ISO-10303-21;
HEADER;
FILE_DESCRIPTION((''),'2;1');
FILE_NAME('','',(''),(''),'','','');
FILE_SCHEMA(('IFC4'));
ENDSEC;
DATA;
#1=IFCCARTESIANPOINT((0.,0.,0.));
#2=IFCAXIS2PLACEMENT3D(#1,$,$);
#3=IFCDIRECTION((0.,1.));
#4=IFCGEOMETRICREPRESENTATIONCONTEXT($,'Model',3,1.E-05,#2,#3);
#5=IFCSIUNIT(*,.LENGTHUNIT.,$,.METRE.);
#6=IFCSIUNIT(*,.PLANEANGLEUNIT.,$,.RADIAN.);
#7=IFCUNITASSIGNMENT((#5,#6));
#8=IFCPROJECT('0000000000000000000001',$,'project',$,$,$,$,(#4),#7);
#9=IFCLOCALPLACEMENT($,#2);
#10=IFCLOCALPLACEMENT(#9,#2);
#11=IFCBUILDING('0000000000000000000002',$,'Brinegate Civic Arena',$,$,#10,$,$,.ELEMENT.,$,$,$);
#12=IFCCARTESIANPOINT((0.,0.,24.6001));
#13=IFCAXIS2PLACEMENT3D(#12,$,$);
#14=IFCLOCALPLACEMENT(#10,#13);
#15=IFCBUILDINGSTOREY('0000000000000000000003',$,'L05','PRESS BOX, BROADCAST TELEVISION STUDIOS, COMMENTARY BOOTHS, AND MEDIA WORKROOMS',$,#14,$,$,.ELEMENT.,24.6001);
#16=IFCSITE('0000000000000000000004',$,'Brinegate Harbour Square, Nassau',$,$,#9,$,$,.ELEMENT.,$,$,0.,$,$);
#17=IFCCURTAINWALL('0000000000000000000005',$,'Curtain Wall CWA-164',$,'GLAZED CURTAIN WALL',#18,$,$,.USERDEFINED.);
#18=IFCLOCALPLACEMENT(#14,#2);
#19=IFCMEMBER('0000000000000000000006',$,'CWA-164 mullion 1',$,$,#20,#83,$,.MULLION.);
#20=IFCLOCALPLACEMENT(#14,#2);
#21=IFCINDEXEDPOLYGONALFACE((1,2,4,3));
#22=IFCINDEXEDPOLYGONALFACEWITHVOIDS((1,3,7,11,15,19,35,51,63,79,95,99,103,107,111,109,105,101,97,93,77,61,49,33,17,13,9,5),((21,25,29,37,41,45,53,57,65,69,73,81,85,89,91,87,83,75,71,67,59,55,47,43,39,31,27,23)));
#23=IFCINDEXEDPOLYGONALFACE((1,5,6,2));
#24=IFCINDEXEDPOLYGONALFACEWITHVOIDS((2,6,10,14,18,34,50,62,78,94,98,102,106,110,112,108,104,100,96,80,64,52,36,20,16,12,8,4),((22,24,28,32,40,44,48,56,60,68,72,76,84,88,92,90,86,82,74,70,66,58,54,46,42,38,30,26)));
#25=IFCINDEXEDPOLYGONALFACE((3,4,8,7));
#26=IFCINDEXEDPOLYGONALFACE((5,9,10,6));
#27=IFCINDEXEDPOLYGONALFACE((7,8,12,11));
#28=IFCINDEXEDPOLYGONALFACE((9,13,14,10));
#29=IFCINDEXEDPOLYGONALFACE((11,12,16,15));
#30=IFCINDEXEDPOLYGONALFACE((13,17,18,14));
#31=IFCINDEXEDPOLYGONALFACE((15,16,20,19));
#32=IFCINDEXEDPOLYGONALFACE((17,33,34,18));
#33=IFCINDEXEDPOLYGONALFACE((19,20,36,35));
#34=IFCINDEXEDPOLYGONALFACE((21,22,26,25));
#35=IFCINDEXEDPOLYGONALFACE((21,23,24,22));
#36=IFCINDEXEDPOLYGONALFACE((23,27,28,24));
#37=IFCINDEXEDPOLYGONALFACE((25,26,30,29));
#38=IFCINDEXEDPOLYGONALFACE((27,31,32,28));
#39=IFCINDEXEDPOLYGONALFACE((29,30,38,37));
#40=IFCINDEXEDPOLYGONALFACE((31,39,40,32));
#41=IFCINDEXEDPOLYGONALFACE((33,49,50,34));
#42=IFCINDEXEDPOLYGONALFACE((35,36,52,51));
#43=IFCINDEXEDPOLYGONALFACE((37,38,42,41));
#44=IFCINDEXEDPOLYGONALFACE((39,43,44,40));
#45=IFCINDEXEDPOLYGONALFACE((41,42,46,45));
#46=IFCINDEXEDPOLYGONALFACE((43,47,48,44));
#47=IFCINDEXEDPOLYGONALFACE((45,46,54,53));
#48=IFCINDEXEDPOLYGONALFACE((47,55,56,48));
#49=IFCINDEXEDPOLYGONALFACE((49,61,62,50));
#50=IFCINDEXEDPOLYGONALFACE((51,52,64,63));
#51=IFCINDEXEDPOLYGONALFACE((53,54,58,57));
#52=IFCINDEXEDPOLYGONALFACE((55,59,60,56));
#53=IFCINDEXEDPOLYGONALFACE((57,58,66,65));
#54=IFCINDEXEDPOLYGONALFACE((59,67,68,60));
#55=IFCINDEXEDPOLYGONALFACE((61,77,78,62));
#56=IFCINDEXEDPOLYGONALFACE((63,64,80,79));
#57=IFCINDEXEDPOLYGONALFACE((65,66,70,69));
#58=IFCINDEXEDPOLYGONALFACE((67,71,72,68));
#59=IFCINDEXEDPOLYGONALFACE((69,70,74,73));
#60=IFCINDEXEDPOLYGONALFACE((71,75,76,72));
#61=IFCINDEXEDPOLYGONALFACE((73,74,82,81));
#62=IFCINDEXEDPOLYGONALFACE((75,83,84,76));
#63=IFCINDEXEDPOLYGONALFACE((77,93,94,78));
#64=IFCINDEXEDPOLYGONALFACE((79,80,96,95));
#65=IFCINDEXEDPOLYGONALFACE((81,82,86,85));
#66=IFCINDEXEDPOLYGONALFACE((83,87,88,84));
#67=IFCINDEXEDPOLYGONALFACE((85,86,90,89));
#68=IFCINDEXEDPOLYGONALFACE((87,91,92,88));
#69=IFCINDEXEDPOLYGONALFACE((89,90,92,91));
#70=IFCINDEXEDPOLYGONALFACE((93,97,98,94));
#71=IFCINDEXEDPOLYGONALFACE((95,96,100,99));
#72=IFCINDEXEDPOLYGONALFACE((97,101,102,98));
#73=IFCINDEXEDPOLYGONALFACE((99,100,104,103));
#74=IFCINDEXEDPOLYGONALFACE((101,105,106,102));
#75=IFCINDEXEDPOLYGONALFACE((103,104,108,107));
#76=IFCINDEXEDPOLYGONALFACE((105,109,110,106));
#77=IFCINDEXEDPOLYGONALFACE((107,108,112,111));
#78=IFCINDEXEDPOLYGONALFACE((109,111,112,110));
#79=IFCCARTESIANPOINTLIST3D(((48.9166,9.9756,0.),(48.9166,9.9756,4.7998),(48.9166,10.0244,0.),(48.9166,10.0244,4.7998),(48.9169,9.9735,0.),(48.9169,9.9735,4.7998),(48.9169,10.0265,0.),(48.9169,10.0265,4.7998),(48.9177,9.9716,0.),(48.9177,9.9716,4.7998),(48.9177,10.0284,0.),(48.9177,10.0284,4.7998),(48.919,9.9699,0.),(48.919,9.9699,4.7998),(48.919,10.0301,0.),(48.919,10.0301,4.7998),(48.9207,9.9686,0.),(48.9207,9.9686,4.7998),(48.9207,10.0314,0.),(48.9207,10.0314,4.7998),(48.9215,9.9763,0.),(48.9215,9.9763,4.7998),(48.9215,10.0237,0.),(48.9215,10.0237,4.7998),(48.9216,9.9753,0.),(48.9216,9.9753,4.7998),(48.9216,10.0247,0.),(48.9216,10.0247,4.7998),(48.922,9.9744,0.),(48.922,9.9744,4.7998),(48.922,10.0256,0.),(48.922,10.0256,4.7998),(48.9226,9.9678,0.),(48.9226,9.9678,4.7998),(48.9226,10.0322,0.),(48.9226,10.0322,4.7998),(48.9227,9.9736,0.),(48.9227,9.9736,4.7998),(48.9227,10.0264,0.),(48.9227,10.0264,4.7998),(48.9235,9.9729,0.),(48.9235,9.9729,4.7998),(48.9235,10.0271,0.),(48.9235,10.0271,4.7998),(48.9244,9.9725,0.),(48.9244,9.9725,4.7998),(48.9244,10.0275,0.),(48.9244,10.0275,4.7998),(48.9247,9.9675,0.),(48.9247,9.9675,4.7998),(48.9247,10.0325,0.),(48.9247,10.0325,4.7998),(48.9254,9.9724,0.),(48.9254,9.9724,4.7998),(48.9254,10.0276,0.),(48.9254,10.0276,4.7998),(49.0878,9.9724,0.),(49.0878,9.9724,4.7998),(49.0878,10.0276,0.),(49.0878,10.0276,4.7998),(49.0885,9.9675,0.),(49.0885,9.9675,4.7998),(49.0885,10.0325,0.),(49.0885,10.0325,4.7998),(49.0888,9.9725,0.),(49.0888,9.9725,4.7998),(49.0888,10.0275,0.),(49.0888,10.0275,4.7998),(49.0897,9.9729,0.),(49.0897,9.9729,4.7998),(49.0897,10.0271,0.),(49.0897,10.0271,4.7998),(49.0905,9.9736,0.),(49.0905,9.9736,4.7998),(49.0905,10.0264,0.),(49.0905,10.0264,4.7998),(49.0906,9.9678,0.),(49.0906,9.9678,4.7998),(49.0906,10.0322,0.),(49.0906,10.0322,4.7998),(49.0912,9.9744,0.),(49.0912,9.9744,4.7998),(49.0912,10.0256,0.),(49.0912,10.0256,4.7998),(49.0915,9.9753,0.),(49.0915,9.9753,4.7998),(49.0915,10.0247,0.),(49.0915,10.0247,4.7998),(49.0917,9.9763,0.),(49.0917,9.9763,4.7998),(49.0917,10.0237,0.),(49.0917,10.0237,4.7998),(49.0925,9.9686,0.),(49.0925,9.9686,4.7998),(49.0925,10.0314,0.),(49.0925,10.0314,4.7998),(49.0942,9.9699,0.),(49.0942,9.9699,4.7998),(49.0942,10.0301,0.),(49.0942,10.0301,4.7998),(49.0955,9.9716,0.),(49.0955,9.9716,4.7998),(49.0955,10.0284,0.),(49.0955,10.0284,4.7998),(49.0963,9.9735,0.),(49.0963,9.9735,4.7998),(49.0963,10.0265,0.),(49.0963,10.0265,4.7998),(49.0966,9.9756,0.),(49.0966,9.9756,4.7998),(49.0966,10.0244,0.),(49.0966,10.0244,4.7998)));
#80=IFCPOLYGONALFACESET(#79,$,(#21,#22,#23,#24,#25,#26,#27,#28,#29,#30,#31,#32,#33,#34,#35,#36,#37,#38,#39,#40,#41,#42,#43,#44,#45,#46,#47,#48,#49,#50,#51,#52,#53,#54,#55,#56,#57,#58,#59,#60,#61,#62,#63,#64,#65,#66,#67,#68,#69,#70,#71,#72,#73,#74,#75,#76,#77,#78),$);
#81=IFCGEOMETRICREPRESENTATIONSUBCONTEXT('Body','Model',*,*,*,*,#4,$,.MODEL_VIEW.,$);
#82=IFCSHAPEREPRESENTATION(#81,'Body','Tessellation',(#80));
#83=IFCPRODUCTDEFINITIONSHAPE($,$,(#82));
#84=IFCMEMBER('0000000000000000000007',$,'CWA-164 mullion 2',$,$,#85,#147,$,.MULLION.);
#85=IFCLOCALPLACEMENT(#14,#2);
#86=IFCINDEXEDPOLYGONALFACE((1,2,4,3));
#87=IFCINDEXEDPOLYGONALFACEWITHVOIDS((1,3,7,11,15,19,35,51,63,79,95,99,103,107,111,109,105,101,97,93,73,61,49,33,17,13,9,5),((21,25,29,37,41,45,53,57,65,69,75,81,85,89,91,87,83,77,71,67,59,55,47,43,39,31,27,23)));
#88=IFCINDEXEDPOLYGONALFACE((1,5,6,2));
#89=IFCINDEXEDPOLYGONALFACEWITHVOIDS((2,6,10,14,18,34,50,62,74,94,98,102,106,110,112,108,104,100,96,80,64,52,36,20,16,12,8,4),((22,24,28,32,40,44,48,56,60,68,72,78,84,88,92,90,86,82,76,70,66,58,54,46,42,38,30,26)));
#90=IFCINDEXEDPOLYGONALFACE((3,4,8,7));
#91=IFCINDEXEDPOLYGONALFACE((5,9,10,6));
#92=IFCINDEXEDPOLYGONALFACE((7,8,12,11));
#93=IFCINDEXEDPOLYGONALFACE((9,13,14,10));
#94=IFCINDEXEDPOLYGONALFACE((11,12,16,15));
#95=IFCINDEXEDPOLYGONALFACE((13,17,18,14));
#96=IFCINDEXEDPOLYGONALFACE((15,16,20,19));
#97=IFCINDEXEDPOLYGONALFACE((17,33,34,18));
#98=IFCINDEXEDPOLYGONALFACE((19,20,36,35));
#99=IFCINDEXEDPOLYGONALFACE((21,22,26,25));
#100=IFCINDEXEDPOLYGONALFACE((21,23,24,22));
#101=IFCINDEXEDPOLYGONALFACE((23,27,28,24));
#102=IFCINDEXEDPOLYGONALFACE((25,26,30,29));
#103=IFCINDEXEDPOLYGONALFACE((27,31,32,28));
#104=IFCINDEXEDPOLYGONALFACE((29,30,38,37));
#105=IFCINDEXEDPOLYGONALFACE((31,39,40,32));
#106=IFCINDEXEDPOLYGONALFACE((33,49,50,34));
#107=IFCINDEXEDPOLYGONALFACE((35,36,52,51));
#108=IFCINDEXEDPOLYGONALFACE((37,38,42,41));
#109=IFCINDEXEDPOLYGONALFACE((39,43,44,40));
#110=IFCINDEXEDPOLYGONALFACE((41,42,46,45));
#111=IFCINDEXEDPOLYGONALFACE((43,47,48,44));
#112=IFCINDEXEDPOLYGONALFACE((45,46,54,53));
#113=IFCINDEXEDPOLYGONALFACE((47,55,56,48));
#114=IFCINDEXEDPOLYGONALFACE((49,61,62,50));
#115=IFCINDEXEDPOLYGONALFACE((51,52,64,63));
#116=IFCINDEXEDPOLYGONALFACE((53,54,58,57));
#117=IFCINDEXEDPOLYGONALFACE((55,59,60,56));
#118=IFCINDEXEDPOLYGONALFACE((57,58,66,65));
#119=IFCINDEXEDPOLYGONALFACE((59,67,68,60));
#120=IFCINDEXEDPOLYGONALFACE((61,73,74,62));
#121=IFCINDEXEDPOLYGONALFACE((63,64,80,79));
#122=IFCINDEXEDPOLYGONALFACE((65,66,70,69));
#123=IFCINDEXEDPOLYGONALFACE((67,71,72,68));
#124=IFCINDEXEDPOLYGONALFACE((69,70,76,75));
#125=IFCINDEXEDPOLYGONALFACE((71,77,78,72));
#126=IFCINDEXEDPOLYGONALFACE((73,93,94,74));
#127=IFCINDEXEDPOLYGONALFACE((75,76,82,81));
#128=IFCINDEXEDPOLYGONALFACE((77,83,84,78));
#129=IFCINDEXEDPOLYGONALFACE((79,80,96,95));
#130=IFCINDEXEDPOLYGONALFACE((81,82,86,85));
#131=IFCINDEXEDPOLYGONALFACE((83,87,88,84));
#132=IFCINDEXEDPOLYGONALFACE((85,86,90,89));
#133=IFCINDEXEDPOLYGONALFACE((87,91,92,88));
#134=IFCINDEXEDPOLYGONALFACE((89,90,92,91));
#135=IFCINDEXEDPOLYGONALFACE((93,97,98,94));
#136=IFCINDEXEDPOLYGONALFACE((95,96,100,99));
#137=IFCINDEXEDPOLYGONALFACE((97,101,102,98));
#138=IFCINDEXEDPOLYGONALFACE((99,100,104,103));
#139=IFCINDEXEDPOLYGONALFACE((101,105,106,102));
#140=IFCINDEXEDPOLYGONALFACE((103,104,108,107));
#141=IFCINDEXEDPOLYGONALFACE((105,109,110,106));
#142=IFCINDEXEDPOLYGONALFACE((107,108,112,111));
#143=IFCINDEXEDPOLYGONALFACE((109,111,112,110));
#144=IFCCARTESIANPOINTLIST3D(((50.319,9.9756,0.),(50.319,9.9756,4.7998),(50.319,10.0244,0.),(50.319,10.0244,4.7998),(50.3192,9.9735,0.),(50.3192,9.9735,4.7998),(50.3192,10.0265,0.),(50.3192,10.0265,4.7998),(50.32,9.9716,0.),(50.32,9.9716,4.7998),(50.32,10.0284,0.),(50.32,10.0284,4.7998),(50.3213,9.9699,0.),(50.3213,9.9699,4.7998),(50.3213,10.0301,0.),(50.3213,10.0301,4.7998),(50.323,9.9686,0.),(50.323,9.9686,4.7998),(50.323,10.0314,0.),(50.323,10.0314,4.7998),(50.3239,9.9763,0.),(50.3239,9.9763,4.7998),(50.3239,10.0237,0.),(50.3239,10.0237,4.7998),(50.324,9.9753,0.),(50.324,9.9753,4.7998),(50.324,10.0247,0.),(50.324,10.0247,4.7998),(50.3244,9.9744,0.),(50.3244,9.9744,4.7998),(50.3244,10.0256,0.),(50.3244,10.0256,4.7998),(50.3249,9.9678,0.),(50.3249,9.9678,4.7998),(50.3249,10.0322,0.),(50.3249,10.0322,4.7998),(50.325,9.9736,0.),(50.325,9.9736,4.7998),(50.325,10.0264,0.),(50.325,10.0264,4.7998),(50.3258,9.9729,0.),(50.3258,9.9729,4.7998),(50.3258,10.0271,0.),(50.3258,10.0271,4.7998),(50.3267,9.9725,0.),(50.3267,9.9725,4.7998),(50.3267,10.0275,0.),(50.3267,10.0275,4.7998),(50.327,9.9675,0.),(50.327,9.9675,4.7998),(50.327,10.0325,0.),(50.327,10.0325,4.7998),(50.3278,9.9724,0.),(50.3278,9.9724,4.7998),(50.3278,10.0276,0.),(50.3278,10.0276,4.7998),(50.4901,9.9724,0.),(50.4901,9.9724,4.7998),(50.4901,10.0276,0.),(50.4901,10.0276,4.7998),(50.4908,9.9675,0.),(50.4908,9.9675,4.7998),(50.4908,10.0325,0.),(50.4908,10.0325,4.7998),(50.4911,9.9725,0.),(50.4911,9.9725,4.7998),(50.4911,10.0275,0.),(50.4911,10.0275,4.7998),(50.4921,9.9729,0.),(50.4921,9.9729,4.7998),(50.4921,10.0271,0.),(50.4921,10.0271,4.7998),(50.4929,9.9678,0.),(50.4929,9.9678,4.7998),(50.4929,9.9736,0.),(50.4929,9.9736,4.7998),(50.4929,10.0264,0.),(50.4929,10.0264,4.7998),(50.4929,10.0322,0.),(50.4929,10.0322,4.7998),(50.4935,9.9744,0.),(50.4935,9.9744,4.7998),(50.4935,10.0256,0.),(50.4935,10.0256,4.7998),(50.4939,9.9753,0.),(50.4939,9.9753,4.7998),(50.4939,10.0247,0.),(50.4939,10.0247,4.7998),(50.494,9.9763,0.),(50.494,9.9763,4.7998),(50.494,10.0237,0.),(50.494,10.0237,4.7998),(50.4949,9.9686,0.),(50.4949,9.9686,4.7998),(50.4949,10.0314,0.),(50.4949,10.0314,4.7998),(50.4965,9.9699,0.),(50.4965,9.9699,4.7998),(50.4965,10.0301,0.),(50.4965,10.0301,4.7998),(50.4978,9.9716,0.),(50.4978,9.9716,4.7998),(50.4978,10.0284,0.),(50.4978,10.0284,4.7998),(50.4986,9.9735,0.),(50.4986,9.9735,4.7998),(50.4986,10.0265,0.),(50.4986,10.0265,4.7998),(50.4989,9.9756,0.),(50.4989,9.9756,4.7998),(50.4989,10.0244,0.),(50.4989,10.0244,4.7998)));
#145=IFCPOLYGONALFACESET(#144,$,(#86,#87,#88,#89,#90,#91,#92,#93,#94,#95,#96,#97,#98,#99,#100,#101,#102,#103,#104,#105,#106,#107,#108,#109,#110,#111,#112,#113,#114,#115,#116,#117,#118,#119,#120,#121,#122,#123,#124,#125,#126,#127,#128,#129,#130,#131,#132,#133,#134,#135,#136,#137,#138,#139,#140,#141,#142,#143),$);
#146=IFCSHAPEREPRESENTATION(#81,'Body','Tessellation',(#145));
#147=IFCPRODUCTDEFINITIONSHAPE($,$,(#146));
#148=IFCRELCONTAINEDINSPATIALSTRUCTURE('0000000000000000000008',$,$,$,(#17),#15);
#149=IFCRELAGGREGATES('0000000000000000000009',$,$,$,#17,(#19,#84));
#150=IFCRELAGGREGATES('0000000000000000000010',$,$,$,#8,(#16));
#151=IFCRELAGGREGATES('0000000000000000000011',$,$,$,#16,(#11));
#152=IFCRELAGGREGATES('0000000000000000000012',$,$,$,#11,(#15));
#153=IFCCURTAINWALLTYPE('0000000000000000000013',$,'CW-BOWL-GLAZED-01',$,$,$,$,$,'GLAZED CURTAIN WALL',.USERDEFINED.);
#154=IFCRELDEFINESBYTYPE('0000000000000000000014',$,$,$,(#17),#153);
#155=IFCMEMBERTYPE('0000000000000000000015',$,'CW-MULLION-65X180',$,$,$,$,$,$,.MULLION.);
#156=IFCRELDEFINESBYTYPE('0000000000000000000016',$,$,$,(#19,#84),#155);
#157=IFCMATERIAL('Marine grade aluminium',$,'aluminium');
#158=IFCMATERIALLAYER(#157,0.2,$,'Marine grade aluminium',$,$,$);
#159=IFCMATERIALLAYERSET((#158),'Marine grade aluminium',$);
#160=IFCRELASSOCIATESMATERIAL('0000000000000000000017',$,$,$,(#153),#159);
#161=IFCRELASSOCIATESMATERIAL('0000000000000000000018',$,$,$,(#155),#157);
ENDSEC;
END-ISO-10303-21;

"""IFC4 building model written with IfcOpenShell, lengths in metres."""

from ifc_helpers import new_model, si_unit, direction, frame, origin, origin_2d, place, context, subcontext, project, spatial, hollow_rectangle, extrude, material, layer, layer_set, material_profile, profile_set, type_object, element, aggregate, save


model = new_model("IFC4")

# Units and contexts
model_context = context("Model", 3, precision=1e-05, world=origin(), true_north=direction((0.0, 1.0)))
body_context = subcontext(model_context, "Body", "Model", "MODEL_VIEW")
ifc_project = project(units=[si_unit("LENGTHUNIT", "METRE"), si_unit("PLANEANGLEUNIT", "RADIAN")], contexts=[model_context])

# Site, building, storey
site_placement = place(None, origin())
site = spatial("IfcSite", under=ifc_project, at=site_placement, Name="Brinegate Harbour Square, Nassau", CompositionType="ELEMENT", RefElevation=0.0)
building_placement = place(site_placement, origin())
building = spatial("IfcBuilding", under=site, at=building_placement, Name="Brinegate Civic Arena", CompositionType="ELEMENT")
storey_placement = place(building_placement, frame((0.0, 0.0, 24.6001)))
storey = spatial("IfcBuildingStorey", under=building, at=storey_placement, Name="L05", Description="PRESS BOX, BROADCAST TELEVISION STUDIOS, COMMENTARY BOOTHS, AND MEDIA WORKROOMS", CompositionType="ELEMENT", Elevation=24.6001)

# Curtain wall, members
ifc_material_1 = material(Name="Marine grade aluminium", Category="aluminium")
ifc_layer_1 = layer(ifc_material_1, 0.2, Name="Marine grade aluminium")
ifc_layer_set_1 = layer_set([ifc_layer_1], Name="Marine grade aluminium")
curtain_wall_type = type_object("IfcCurtainWallType", Name="CW-BOWL-GLAZED-01", ElementType="GLAZED CURTAIN WALL", PredefinedType="USERDEFINED", material=ifc_layer_set_1)
curtain_wall_placement = place(storey_placement, origin())
curtain_wall = element("IfcCurtainWall", 1, at=curtain_wall_placement, inside=storey, type_object=curtain_wall_type, Name="Curtain Wall CWA-164", ObjectType="GLAZED CURTAIN WALL", PredefinedType="USERDEFINED")
ifc_material_profile_1 = material_profile(ifc_material_1, hollow_rectangle(XDim=0.0649, YDim=0.1799, WallThickness=0.0049, InnerFilletRadius=0.0039, OuterFilletRadius=0.0081, at=origin_2d()), Name="MUL65X180")
ifc_profile_set_1 = profile_set([ifc_material_profile_1], Name="Marine grade aluminium")
member_type_1 = type_object("IfcMemberType", Name="CW-MULLION-65X180", PredefinedType="MULLION", material=ifc_profile_set_1)
member_1_placement = place(storey_placement, frame((49.0066, 10.0, 0.0), z_axis=(0.0, 0.0, 1.0), x_axis=(0.0, 1.0, 0.0)))
member_1 = element("IfcMember", 2, at=member_1_placement, type_object=member_type_1, Name="CWA-164 mullion 1", PredefinedType="MULLION", context=body_context, shape_type="SweptSolid", body=[
    extrude(hollow_rectangle(XDim=0.0649, YDim=0.1799, WallThickness=0.0049, InnerFilletRadius=0.0039, OuterFilletRadius=0.0081, at=origin_2d()), origin(), (0.0, 0.0, 1.0), 4.7998),
])
member_2_placement = place(storey_placement, frame((50.4089, 10.0, 0.0), z_axis=(0.0, 0.0, 1.0), x_axis=(0.0, 1.0, 0.0)))
member_2 = element("IfcMember", 3, at=member_2_placement, type_object=member_type_1, Name="CWA-164 mullion 2", PredefinedType="MULLION", context=body_context, shape_type="SweptSolid", body=[
    extrude(hollow_rectangle(XDim=0.0649, YDim=0.1799, WallThickness=0.0049, InnerFilletRadius=0.0039, OuterFilletRadius=0.0081, at=origin_2d()), origin(), (0.0, 0.0, 1.0), 4.7998),
])

aggregate(curtain_wall, [member_1, member_2])

save(model, "model.ifc")
